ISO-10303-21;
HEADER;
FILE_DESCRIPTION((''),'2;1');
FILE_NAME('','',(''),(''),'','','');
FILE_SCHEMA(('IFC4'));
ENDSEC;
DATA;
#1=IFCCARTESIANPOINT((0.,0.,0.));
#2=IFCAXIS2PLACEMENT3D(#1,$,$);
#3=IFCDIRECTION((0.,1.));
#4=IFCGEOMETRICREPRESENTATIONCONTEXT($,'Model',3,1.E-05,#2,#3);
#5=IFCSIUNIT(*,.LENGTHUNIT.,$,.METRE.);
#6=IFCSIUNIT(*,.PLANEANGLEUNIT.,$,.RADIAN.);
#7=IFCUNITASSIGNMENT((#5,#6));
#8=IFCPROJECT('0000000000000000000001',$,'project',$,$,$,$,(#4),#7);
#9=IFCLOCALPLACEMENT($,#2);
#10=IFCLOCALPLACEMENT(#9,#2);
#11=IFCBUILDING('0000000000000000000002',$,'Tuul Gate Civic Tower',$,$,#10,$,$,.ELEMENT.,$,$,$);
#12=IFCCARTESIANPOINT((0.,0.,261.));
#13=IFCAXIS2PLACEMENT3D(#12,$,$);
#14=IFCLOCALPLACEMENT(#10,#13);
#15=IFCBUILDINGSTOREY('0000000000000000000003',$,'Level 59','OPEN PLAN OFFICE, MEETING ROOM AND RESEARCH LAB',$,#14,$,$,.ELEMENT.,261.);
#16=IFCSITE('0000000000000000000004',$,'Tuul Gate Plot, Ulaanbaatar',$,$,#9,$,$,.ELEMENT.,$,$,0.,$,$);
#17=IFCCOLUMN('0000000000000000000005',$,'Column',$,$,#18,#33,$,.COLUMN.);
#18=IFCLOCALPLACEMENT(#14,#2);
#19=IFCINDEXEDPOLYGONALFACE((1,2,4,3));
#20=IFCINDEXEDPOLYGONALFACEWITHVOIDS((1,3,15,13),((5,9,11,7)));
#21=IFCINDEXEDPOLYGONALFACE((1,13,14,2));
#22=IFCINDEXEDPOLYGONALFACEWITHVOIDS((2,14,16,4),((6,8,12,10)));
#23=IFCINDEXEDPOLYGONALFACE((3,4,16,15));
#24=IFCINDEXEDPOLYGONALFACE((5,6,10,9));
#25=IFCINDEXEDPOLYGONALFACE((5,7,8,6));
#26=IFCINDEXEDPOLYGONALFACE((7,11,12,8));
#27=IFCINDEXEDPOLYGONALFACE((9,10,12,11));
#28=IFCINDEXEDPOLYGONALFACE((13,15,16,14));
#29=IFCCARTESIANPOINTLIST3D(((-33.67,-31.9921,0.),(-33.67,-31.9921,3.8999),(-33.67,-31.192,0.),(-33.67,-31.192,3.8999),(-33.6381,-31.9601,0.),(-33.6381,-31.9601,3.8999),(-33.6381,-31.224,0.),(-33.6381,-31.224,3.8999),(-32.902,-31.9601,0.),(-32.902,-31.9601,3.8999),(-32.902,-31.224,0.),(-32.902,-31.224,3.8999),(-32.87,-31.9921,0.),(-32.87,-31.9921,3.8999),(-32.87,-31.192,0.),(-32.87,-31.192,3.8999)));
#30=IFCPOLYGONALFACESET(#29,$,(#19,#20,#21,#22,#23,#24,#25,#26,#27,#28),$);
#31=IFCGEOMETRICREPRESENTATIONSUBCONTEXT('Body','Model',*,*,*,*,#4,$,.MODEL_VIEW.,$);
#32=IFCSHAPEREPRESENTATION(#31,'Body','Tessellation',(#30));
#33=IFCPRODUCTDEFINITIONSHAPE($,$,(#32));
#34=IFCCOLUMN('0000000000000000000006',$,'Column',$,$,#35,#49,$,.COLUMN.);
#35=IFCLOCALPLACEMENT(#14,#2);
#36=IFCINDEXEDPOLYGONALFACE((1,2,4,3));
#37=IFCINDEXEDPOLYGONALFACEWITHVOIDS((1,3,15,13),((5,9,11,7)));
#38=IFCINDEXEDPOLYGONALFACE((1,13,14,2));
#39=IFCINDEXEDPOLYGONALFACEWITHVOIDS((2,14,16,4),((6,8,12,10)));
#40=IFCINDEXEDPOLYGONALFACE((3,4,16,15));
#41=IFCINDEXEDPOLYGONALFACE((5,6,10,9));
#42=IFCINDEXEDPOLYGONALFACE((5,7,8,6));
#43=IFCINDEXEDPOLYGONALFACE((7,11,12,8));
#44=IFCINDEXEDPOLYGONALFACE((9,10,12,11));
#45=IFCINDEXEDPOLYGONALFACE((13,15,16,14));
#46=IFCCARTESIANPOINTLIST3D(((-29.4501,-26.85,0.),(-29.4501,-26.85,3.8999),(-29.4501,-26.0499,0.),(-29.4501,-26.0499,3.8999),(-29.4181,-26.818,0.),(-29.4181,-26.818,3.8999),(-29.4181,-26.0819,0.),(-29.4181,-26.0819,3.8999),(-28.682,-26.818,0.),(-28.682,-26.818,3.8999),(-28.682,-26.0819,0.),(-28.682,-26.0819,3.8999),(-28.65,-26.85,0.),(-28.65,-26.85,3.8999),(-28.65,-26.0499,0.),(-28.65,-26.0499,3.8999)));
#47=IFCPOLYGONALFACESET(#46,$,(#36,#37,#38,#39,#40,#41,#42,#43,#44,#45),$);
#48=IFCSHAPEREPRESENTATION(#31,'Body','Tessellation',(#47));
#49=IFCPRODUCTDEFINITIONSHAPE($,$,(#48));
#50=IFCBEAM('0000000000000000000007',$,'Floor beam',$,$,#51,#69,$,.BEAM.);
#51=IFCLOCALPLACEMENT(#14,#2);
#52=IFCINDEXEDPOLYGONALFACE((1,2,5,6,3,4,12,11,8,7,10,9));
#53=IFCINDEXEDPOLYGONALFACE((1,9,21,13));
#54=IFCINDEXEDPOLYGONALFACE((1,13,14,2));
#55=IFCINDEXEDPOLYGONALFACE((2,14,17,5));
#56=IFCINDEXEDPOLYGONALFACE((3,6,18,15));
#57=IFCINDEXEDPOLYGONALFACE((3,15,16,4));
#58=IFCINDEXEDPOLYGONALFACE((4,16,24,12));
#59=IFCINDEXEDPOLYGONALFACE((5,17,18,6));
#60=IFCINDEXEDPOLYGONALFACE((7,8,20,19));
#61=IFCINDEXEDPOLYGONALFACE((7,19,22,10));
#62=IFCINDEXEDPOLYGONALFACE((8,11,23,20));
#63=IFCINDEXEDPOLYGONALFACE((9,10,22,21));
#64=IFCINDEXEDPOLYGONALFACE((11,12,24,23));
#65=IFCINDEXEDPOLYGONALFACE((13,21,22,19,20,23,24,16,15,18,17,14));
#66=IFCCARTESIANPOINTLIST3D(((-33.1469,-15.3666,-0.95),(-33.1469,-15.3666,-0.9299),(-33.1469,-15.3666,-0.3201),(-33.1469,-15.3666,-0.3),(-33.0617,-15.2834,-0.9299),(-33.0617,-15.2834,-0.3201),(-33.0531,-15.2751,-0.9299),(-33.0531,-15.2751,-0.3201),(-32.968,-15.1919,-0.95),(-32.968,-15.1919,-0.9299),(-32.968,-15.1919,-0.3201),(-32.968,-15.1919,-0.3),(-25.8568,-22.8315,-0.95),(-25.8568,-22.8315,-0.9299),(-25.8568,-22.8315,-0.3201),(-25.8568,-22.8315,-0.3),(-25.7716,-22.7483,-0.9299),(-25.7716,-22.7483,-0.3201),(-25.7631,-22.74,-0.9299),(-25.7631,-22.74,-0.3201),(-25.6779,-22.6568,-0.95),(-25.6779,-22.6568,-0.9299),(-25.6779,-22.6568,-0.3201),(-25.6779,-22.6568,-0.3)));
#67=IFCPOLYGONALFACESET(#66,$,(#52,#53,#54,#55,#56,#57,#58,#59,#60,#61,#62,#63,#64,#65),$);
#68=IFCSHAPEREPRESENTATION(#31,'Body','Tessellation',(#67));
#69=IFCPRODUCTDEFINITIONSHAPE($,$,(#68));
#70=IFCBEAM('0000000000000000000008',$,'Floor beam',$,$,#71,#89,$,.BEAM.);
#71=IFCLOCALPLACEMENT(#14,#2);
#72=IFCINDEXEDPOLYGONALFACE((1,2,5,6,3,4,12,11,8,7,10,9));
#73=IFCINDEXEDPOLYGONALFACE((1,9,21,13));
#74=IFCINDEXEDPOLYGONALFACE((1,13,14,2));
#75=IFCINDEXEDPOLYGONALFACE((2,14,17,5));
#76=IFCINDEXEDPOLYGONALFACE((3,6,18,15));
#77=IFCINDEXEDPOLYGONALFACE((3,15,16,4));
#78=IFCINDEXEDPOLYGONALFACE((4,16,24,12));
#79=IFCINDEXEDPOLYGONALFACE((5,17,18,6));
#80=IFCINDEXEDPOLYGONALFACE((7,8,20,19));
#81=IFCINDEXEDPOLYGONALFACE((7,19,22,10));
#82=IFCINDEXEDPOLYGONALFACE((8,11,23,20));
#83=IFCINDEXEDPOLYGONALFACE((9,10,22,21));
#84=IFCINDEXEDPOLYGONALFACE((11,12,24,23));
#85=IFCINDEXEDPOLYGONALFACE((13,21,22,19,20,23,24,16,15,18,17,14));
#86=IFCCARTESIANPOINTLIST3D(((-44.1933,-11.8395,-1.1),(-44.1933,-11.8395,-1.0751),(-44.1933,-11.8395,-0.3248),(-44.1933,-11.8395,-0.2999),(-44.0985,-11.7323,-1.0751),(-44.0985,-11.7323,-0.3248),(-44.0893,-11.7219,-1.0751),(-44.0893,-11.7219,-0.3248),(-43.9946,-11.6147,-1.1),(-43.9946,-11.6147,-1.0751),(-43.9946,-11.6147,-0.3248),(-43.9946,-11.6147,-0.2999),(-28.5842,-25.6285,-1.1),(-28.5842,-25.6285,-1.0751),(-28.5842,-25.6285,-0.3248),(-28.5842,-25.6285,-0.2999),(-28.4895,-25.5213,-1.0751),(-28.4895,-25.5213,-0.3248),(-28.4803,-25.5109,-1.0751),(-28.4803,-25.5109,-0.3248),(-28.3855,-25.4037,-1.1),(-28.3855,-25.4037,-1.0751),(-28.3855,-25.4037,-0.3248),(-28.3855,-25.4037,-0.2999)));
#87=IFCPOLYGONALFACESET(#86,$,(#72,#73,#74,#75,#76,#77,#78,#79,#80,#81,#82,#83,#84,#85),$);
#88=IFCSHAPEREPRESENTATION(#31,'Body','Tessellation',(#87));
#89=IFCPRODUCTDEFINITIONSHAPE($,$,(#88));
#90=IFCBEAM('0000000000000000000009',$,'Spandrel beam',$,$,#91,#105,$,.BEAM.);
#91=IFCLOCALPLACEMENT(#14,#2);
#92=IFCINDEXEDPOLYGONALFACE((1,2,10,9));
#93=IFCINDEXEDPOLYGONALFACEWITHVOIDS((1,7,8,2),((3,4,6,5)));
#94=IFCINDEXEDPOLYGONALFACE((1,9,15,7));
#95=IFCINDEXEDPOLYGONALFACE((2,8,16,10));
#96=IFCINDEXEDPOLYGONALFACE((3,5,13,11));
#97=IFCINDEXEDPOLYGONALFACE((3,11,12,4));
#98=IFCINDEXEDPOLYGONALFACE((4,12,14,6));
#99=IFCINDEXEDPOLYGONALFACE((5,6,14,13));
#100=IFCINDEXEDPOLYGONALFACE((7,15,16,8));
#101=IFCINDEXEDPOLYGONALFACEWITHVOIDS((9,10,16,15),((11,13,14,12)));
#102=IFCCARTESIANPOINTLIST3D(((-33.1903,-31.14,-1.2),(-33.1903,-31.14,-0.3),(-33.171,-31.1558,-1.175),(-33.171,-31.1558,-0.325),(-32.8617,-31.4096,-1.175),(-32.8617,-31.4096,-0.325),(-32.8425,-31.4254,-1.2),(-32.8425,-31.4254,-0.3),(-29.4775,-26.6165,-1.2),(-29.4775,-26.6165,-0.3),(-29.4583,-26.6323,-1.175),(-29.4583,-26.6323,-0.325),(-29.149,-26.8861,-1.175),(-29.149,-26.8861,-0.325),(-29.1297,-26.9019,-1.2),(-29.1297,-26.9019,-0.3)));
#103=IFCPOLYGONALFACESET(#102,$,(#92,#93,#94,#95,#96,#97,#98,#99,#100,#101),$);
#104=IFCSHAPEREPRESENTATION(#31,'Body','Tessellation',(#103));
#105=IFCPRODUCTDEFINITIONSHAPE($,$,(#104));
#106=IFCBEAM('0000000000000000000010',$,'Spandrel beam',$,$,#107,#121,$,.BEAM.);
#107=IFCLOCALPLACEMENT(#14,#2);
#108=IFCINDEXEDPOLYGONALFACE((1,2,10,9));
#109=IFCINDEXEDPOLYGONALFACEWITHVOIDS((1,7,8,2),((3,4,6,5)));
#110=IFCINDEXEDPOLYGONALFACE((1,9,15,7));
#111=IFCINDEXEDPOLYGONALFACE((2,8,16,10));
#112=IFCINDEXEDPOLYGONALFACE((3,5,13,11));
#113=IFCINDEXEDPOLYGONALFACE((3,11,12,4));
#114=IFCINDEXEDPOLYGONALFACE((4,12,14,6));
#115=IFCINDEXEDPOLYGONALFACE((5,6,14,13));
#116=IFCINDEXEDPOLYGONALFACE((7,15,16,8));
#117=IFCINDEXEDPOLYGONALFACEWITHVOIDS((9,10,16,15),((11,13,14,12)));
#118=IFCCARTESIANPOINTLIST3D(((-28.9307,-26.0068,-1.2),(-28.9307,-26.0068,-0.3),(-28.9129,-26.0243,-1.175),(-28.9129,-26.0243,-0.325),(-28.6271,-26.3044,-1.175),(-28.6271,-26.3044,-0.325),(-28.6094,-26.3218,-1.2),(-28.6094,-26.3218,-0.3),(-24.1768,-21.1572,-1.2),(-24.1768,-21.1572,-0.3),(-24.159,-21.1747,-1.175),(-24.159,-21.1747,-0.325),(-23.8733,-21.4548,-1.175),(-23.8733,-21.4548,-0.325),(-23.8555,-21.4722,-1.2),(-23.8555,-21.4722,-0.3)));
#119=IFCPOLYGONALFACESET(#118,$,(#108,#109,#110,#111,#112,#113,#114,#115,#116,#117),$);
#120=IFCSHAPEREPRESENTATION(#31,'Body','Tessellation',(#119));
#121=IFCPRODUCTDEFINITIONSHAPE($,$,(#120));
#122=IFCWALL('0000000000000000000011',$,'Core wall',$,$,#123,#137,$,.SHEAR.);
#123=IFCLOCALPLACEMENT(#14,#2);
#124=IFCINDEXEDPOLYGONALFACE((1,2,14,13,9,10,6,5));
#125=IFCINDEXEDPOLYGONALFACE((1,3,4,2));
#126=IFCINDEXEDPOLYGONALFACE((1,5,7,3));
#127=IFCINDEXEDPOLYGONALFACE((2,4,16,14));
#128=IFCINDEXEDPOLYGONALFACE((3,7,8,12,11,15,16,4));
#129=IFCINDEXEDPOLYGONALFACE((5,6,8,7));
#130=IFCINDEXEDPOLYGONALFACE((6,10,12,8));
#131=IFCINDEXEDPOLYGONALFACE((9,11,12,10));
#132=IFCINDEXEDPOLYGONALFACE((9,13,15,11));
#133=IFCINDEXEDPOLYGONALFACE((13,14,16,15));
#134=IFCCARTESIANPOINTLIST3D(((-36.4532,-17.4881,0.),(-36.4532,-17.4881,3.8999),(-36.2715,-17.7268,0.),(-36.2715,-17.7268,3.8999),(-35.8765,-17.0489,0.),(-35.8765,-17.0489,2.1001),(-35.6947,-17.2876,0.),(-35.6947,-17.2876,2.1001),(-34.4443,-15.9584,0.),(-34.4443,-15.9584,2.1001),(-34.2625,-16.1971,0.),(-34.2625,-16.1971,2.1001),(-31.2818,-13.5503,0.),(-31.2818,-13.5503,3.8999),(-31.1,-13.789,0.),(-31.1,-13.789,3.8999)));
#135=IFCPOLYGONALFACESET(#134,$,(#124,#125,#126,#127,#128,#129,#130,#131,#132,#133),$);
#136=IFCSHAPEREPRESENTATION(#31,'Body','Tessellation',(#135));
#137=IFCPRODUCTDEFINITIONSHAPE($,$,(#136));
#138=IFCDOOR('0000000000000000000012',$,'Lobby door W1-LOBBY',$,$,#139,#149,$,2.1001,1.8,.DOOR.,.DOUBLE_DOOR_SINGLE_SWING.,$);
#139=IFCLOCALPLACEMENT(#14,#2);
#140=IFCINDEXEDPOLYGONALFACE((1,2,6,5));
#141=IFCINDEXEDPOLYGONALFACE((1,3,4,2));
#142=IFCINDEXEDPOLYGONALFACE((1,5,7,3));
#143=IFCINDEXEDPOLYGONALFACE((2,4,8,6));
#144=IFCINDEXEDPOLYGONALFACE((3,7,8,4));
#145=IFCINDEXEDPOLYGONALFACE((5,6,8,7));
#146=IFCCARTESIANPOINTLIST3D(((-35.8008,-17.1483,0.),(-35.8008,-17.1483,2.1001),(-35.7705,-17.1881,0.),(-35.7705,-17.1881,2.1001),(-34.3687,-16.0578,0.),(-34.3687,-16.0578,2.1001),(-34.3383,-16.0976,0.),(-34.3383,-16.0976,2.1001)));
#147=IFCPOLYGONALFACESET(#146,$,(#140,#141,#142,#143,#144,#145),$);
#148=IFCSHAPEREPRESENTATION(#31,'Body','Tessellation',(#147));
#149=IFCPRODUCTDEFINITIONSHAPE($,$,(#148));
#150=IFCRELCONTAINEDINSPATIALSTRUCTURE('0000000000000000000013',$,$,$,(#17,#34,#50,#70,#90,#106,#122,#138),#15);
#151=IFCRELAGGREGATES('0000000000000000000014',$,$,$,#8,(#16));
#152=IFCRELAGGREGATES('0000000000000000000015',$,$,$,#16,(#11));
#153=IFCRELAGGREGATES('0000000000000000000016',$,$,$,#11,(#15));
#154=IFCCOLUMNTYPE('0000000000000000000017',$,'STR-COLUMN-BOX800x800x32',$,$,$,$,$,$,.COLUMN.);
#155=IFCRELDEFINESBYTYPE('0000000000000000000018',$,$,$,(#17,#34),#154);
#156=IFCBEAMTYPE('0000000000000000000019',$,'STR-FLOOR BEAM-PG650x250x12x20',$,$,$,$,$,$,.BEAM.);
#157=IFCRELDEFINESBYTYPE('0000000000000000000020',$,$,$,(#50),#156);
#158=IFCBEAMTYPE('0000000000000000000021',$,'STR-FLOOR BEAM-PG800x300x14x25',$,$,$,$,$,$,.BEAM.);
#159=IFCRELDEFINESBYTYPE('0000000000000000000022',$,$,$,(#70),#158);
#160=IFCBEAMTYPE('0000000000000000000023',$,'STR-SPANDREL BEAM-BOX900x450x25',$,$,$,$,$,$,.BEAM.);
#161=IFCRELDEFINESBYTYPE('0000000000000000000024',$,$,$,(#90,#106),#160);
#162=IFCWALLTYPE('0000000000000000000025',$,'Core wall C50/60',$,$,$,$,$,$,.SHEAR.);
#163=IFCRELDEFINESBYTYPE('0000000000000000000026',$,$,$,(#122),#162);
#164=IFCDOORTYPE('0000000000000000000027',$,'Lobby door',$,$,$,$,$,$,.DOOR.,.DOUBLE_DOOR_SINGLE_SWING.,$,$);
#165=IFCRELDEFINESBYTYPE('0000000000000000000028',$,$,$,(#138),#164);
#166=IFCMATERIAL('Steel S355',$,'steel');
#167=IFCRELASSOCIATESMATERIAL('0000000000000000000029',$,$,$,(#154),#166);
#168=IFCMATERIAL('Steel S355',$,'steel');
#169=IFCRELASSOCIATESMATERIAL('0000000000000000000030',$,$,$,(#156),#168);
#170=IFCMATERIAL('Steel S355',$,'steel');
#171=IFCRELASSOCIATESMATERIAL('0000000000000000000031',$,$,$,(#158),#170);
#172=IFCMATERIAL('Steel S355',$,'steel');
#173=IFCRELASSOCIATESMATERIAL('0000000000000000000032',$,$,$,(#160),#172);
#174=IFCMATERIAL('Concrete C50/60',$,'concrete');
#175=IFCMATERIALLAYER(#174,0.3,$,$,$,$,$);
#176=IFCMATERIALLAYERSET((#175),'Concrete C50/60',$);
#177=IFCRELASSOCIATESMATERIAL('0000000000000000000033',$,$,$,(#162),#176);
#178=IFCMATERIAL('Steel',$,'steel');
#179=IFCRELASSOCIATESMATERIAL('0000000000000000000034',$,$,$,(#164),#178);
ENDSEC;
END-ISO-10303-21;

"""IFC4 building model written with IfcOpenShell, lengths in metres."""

from ifc_helpers import new_model, si_unit, direction, frame, frame_2d, origin, origin_2d, place, context, subcontext, project, spatial, rectangle, hollow_rectangle, i_section, extrude, material, layer, layer_set, material_profile, profile_set, type_object, element, fill, save


model = new_model("IFC4")

# Units and contexts
model_context = context("Model", 3, precision=1e-05, world=origin(), true_north=direction((0.0, 1.0)))
body_context = subcontext(model_context, "Body", "Model", "MODEL_VIEW")
ifc_project = project(units=[si_unit("LENGTHUNIT", "METRE"), si_unit("PLANEANGLEUNIT", "RADIAN")], contexts=[model_context])

# Site, building, storey
site_placement = place(None, origin())
site = spatial("IfcSite", under=ifc_project, at=site_placement, Name="Tuul Gate Plot, Ulaanbaatar", CompositionType="ELEMENT", RefElevation=0.0)
building_placement = place(site_placement, origin())
building = spatial("IfcBuilding", under=site, at=building_placement, Name="Tuul Gate Civic Tower", CompositionType="ELEMENT")
storey_placement = place(building_placement, frame((0.0, 0.0, 261.0)))
storey = spatial("IfcBuildingStorey", under=building, at=storey_placement, Name="Level 59", Description="OPEN PLAN OFFICE, MEETING ROOM AND RESEARCH LAB", CompositionType="ELEMENT", Elevation=261.0)

# Columns
ifc_material_1 = material(Name="Steel S355", Category="steel")
ifc_material_profile_1 = material_profile(ifc_material_1, hollow_rectangle(XDim=0.8, YDim=0.8, WallThickness=0.032, at=origin_2d()), Name="BOX800x800x32")
ifc_profile_set_1 = profile_set([ifc_material_profile_1], Name="Steel S355")
column_type = type_object("IfcColumnType", Name="STR-COLUMN-BOX800x800x32", PredefinedType="COLUMN", material=ifc_profile_set_1)
for number, where, z_axis, x_axis, name in (
    (1, (-33.27, -31.592, 0.0), (0.0, 0.0, 1.0), (1.0, 0.0, 0.0), "Column"),
    (2, (-29.05, -26.45, 0.0), (0.0, 0.0, 1.0), (1.0, 0.0, 0.0), "Column"),
):
    element("IfcColumn", number, at=place(storey_placement, frame(where, z_axis=z_axis, x_axis=x_axis)), inside=storey, type_object=column_type, Name=name, PredefinedType="COLUMN", context=body_context, shape_type="SweptSolid", body=[
        extrude(hollow_rectangle(XDim=0.8, YDim=0.8, WallThickness=0.032, at=origin_2d()), origin(), (0.0, 0.0, 1.0), 3.8999),
    ])

# Beams
ifc_material_2 = material(Name="Steel S355", Category="steel")
ifc_material_profile_2 = material_profile(ifc_material_2, i_section(OverallWidth=0.25, OverallDepth=0.6499, WebThickness=0.012, FlangeThickness=0.02, at=origin_2d()), Name="PG650x250x12x20")
ifc_profile_set_2 = profile_set([ifc_material_profile_2], Name="Steel S355")
beam_type_1 = type_object("IfcBeamType", Name="STR-FLOOR BEAM-PG650x250x12x20", PredefinedType="BEAM", material=ifc_profile_set_2)
beam_1_placement = place(storey_placement, frame((-25.7673, -22.7441, -0.625), z_axis=(-0.69868, 0.715434, 0.0), x_axis=(-0.715434, -0.69868, 0.0)))
element("IfcBeam", 3, at=beam_1_placement, inside=storey, type_object=beam_type_1, Name="Floor beam", PredefinedType="BEAM", context=body_context, shape_type="SweptSolid", body=[
    extrude(i_section(OverallWidth=0.25, OverallDepth=0.6499, WebThickness=0.012, FlangeThickness=0.02, at=origin_2d()), origin(), (0.0, 0.0, 1.0), 10.4341),
])
ifc_material_3 = material(Name="Steel S355", Category="steel")
ifc_material_profile_3 = material_profile(ifc_material_3, i_section(OverallWidth=0.3, OverallDepth=0.8, WebThickness=0.0139, FlangeThickness=0.0249, at=origin_2d()), Name="PG800x300x14x25")
ifc_profile_set_3 = profile_set([ifc_material_profile_3], Name="Steel S355")
beam_type_2 = type_object("IfcBeamType", Name="STR-FLOOR BEAM-PG800x300x14x25", PredefinedType="BEAM", material=ifc_profile_set_3)
beam_2_placement = place(storey_placement, frame((-28.4849, -25.5161, -0.7), z_axis=(-0.749449, 0.662062, 0.0), x_axis=(-0.662062, -0.749449, 0.0)))
element("IfcBeam", 4, at=beam_2_placement, inside=storey, type_object=beam_type_2, Name="Floor beam", PredefinedType="BEAM", context=body_context, shape_type="SweptSolid", body=[
    extrude(i_section(OverallWidth=0.3, OverallDepth=0.8, WebThickness=0.0139, FlangeThickness=0.0249, at=origin_2d()), origin(), (0.0, 0.0, 1.0), 20.8274),
])
ifc_material_4 = material(Name="Steel S355", Category="steel")
ifc_material_profile_4 = material_profile(ifc_material_4, hollow_rectangle(XDim=0.45, YDim=0.8999, WallThickness=0.0249, at=origin_2d()), Name="BOX900x450x25")
ifc_profile_set_4 = profile_set([ifc_material_profile_4], Name="Steel S355")
beam_type_3 = type_object("IfcBeamType", Name="STR-SPANDREL BEAM-BOX900x450x25", PredefinedType="BEAM", material=ifc_profile_set_4)
beam_3_placement = place(storey_placement, frame((-33.0164, -31.2827, -0.75), z_axis=(0.63443, 0.772981, 0.0), x_axis=(-0.772981, 0.63443, 0.0)))
element("IfcBeam", 5, at=beam_3_placement, inside=storey, type_object=beam_type_3, Name="Spandrel beam", PredefinedType="BEAM", context=body_context, shape_type="SweptSolid", body=[
    extrude(hollow_rectangle(XDim=0.45, YDim=0.8999, WallThickness=0.0249, at=origin_2d()), origin(), (0.0, 0.0, 1.0), 5.8521),
])
beam_4_placement = place(storey_placement, frame((-28.77, -26.1643, -0.75), z_axis=(0.700025, 0.714118, 0.0), x_axis=(-0.714118, 0.700025, 0.0)))
element("IfcBeam", 6, at=beam_4_placement, inside=storey, type_object=beam_type_3, Name="Spandrel beam", PredefinedType="BEAM", context=body_context, shape_type="SweptSolid", body=[
    extrude(hollow_rectangle(XDim=0.45, YDim=0.8999, WallThickness=0.0249, at=origin_2d()), origin(), (0.0, 0.0, 1.0), 6.791),
])

# Wall, opening, door
ifc_material_5 = material(Name="Concrete C50/60", Category="concrete")
ifc_layer_1 = layer(ifc_material_5, 0.3)
ifc_layer_set_1 = layer_set([ifc_layer_1], Name="Concrete C50/60")
wall_type_1 = type_object("IfcWallType", Name="Core wall C50/60", PredefinedType="SHEAR", material=ifc_layer_set_1)
wall_1_placement = place(storey_placement, frame((-31.1909, -13.6697, 0.0), z_axis=(0.0, 0.0, 1.0), x_axis=(-0.795607, -0.605813, 0.0)))
wall_1 = element("IfcWall", 7, at=wall_1_placement, inside=storey, type_object=wall_type_1, Name="Core wall", PredefinedType="SHEAR", context=body_context, shape_type="SweptSolid", body=[
    extrude(rectangle(XDim=6.5, YDim=0.3, at=frame_2d((3.25, 0.0))), origin(), (0.0, 0.0, 1.0), 3.8999),
])
opening_1_placement = place(wall_1_placement, frame((3.9751, 0.0, 0.0)))
opening_1 = element("IfcOpeningElement", 8, at=opening_1_placement, cuts=wall_1, PredefinedType="OPENING", context=body_context, shape_type="SweptSolid", body=[
    extrude(rectangle(XDim=1.8, YDim=2.1001, at=frame_2d((0.8999, 1.05))), frame((0.0, 0.1602, 0.0), z_axis=(0.0, -1.0, 0.0), x_axis=(1.0, 0.0, 0.0)), (0.0, 0.0, 1.0), 0.3201),
])
ifc_material_6 = material(Name="Steel", Category="steel")
door_type_1 = type_object("IfcDoorType", Name="Lobby door", OperationType="DOUBLE_DOOR_SINGLE_SWING", PredefinedType="DOOR", material=ifc_material_6)
door_1_placement = place(opening_1_placement, origin())
door_1 = element("IfcDoor", 9, at=door_1_placement, inside=storey, type_object=door_type_1, Name="Lobby door W1-LOBBY", OperationType="DOUBLE_DOOR_SINGLE_SWING", OverallHeight=2.1001, OverallWidth=1.8, PredefinedType="DOOR", context=body_context, shape_type="SweptSolid", body=[
    extrude(rectangle(XDim=1.8, YDim=2.1001, at=frame_2d((0.8999, 1.05))), frame((0.0, 0.0249, 0.0), z_axis=(0.0, -1.0, 0.0), x_axis=(1.0, 0.0, 0.0)), (0.0, 0.0, 1.0), 0.05),
])
fill(opening_1, door_1)

save(model, "model.ifc")
